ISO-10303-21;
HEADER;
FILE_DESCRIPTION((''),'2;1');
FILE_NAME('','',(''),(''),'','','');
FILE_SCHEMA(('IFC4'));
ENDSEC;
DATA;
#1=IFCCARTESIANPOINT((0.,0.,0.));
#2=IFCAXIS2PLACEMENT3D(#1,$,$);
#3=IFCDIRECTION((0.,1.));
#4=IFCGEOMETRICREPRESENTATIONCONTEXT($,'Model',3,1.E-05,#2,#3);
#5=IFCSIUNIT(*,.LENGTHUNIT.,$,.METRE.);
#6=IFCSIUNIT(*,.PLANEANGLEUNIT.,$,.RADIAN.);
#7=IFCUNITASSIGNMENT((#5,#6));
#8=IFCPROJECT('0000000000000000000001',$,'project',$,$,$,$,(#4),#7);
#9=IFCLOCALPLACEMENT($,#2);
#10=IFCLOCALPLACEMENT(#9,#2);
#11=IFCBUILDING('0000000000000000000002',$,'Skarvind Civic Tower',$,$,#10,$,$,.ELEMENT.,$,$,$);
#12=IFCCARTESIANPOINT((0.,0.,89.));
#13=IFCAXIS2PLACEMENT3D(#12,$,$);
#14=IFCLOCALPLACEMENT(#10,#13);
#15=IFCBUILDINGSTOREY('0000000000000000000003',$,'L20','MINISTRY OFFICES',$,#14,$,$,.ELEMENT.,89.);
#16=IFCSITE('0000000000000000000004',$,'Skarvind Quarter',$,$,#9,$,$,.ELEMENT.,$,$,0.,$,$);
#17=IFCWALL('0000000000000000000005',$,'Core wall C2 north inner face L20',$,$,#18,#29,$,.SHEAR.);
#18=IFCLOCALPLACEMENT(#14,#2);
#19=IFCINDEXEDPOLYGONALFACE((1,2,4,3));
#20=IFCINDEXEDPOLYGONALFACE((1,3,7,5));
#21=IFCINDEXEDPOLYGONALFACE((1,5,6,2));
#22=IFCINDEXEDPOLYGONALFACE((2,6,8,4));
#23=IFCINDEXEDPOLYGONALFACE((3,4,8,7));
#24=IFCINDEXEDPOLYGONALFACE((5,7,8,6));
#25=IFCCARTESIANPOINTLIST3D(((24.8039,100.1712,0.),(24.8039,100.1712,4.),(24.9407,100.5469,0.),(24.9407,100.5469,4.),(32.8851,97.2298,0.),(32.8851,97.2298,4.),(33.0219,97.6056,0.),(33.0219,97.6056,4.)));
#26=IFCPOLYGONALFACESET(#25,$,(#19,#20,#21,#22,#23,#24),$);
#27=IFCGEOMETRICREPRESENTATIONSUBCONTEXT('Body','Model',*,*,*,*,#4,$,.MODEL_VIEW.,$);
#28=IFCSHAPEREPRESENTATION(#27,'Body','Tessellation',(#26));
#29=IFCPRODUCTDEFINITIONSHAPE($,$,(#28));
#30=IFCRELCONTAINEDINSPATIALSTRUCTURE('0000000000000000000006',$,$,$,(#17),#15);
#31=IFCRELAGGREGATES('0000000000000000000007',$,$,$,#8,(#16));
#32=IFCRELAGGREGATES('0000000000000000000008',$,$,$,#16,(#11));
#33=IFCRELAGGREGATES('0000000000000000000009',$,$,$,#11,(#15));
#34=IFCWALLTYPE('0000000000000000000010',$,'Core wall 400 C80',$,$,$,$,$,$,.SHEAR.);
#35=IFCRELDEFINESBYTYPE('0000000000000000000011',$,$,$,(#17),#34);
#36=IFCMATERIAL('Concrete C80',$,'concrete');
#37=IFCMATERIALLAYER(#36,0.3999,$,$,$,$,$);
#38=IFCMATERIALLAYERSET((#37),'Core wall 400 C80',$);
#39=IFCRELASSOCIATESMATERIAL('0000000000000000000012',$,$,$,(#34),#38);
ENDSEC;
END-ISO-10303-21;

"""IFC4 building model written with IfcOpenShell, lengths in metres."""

from ifc_helpers import new_model, si_unit, direction, frame, frame_2d, origin, place, context, subcontext, project, spatial, rectangle, extrude, material, layer, layer_set, type_object, element, save


model = new_model("IFC4")

# Units and contexts
model_context = context("Model", 3, precision=1e-05, world=origin(), true_north=direction((0.0, 1.0)))
body_context = subcontext(model_context, "Body", "Model", "MODEL_VIEW")
ifc_project = project(units=[si_unit("LENGTHUNIT", "METRE"), si_unit("PLANEANGLEUNIT", "RADIAN")], contexts=[model_context])

# Site, building, storey
site_placement = place(None, origin())
site = spatial("IfcSite", under=ifc_project, at=site_placement, Name="Skarvind Quarter", CompositionType="ELEMENT", RefElevation=0.0)
building_placement = place(site_placement, origin())
building = spatial("IfcBuilding", under=site, at=building_placement, Name="Skarvind Civic Tower", CompositionType="ELEMENT")
storey_placement = place(building_placement, frame((0.0, 0.0, 89.0)))
storey = spatial("IfcBuildingStorey", under=building, at=storey_placement, Name="L20", Description="MINISTRY OFFICES", CompositionType="ELEMENT", Elevation=89.0)

# Wall
ifc_material_1 = material(Name="Concrete C80", Category="concrete")
ifc_layer_1 = layer(ifc_material_1, 0.3999)
ifc_layer_set_1 = layer_set([ifc_layer_1], Name="Core wall 400 C80")
wall_type_1 = type_object("IfcWallType", Name="Core wall 400 C80", PredefinedType="SHEAR", material=ifc_layer_set_1)
wall_1_placement = place(storey_placement, frame((32.9534, 97.4177, 0.0), z_axis=(0.0, 0.0, 1.0), x_axis=(-0.939691, 0.342026, 0.0)))
element("IfcWall", 1, at=wall_1_placement, inside=storey, type_object=wall_type_1, Name="Core wall C2 north inner face L20", PredefinedType="SHEAR", context=body_context, shape_type="SweptSolid", body=[
    extrude(rectangle(XDim=8.5999, YDim=0.3999, at=frame_2d((4.2998, 0.0))), origin(), (0.0, 0.0, 1.0), 4.0),
])

save(model, "model.ifc")
